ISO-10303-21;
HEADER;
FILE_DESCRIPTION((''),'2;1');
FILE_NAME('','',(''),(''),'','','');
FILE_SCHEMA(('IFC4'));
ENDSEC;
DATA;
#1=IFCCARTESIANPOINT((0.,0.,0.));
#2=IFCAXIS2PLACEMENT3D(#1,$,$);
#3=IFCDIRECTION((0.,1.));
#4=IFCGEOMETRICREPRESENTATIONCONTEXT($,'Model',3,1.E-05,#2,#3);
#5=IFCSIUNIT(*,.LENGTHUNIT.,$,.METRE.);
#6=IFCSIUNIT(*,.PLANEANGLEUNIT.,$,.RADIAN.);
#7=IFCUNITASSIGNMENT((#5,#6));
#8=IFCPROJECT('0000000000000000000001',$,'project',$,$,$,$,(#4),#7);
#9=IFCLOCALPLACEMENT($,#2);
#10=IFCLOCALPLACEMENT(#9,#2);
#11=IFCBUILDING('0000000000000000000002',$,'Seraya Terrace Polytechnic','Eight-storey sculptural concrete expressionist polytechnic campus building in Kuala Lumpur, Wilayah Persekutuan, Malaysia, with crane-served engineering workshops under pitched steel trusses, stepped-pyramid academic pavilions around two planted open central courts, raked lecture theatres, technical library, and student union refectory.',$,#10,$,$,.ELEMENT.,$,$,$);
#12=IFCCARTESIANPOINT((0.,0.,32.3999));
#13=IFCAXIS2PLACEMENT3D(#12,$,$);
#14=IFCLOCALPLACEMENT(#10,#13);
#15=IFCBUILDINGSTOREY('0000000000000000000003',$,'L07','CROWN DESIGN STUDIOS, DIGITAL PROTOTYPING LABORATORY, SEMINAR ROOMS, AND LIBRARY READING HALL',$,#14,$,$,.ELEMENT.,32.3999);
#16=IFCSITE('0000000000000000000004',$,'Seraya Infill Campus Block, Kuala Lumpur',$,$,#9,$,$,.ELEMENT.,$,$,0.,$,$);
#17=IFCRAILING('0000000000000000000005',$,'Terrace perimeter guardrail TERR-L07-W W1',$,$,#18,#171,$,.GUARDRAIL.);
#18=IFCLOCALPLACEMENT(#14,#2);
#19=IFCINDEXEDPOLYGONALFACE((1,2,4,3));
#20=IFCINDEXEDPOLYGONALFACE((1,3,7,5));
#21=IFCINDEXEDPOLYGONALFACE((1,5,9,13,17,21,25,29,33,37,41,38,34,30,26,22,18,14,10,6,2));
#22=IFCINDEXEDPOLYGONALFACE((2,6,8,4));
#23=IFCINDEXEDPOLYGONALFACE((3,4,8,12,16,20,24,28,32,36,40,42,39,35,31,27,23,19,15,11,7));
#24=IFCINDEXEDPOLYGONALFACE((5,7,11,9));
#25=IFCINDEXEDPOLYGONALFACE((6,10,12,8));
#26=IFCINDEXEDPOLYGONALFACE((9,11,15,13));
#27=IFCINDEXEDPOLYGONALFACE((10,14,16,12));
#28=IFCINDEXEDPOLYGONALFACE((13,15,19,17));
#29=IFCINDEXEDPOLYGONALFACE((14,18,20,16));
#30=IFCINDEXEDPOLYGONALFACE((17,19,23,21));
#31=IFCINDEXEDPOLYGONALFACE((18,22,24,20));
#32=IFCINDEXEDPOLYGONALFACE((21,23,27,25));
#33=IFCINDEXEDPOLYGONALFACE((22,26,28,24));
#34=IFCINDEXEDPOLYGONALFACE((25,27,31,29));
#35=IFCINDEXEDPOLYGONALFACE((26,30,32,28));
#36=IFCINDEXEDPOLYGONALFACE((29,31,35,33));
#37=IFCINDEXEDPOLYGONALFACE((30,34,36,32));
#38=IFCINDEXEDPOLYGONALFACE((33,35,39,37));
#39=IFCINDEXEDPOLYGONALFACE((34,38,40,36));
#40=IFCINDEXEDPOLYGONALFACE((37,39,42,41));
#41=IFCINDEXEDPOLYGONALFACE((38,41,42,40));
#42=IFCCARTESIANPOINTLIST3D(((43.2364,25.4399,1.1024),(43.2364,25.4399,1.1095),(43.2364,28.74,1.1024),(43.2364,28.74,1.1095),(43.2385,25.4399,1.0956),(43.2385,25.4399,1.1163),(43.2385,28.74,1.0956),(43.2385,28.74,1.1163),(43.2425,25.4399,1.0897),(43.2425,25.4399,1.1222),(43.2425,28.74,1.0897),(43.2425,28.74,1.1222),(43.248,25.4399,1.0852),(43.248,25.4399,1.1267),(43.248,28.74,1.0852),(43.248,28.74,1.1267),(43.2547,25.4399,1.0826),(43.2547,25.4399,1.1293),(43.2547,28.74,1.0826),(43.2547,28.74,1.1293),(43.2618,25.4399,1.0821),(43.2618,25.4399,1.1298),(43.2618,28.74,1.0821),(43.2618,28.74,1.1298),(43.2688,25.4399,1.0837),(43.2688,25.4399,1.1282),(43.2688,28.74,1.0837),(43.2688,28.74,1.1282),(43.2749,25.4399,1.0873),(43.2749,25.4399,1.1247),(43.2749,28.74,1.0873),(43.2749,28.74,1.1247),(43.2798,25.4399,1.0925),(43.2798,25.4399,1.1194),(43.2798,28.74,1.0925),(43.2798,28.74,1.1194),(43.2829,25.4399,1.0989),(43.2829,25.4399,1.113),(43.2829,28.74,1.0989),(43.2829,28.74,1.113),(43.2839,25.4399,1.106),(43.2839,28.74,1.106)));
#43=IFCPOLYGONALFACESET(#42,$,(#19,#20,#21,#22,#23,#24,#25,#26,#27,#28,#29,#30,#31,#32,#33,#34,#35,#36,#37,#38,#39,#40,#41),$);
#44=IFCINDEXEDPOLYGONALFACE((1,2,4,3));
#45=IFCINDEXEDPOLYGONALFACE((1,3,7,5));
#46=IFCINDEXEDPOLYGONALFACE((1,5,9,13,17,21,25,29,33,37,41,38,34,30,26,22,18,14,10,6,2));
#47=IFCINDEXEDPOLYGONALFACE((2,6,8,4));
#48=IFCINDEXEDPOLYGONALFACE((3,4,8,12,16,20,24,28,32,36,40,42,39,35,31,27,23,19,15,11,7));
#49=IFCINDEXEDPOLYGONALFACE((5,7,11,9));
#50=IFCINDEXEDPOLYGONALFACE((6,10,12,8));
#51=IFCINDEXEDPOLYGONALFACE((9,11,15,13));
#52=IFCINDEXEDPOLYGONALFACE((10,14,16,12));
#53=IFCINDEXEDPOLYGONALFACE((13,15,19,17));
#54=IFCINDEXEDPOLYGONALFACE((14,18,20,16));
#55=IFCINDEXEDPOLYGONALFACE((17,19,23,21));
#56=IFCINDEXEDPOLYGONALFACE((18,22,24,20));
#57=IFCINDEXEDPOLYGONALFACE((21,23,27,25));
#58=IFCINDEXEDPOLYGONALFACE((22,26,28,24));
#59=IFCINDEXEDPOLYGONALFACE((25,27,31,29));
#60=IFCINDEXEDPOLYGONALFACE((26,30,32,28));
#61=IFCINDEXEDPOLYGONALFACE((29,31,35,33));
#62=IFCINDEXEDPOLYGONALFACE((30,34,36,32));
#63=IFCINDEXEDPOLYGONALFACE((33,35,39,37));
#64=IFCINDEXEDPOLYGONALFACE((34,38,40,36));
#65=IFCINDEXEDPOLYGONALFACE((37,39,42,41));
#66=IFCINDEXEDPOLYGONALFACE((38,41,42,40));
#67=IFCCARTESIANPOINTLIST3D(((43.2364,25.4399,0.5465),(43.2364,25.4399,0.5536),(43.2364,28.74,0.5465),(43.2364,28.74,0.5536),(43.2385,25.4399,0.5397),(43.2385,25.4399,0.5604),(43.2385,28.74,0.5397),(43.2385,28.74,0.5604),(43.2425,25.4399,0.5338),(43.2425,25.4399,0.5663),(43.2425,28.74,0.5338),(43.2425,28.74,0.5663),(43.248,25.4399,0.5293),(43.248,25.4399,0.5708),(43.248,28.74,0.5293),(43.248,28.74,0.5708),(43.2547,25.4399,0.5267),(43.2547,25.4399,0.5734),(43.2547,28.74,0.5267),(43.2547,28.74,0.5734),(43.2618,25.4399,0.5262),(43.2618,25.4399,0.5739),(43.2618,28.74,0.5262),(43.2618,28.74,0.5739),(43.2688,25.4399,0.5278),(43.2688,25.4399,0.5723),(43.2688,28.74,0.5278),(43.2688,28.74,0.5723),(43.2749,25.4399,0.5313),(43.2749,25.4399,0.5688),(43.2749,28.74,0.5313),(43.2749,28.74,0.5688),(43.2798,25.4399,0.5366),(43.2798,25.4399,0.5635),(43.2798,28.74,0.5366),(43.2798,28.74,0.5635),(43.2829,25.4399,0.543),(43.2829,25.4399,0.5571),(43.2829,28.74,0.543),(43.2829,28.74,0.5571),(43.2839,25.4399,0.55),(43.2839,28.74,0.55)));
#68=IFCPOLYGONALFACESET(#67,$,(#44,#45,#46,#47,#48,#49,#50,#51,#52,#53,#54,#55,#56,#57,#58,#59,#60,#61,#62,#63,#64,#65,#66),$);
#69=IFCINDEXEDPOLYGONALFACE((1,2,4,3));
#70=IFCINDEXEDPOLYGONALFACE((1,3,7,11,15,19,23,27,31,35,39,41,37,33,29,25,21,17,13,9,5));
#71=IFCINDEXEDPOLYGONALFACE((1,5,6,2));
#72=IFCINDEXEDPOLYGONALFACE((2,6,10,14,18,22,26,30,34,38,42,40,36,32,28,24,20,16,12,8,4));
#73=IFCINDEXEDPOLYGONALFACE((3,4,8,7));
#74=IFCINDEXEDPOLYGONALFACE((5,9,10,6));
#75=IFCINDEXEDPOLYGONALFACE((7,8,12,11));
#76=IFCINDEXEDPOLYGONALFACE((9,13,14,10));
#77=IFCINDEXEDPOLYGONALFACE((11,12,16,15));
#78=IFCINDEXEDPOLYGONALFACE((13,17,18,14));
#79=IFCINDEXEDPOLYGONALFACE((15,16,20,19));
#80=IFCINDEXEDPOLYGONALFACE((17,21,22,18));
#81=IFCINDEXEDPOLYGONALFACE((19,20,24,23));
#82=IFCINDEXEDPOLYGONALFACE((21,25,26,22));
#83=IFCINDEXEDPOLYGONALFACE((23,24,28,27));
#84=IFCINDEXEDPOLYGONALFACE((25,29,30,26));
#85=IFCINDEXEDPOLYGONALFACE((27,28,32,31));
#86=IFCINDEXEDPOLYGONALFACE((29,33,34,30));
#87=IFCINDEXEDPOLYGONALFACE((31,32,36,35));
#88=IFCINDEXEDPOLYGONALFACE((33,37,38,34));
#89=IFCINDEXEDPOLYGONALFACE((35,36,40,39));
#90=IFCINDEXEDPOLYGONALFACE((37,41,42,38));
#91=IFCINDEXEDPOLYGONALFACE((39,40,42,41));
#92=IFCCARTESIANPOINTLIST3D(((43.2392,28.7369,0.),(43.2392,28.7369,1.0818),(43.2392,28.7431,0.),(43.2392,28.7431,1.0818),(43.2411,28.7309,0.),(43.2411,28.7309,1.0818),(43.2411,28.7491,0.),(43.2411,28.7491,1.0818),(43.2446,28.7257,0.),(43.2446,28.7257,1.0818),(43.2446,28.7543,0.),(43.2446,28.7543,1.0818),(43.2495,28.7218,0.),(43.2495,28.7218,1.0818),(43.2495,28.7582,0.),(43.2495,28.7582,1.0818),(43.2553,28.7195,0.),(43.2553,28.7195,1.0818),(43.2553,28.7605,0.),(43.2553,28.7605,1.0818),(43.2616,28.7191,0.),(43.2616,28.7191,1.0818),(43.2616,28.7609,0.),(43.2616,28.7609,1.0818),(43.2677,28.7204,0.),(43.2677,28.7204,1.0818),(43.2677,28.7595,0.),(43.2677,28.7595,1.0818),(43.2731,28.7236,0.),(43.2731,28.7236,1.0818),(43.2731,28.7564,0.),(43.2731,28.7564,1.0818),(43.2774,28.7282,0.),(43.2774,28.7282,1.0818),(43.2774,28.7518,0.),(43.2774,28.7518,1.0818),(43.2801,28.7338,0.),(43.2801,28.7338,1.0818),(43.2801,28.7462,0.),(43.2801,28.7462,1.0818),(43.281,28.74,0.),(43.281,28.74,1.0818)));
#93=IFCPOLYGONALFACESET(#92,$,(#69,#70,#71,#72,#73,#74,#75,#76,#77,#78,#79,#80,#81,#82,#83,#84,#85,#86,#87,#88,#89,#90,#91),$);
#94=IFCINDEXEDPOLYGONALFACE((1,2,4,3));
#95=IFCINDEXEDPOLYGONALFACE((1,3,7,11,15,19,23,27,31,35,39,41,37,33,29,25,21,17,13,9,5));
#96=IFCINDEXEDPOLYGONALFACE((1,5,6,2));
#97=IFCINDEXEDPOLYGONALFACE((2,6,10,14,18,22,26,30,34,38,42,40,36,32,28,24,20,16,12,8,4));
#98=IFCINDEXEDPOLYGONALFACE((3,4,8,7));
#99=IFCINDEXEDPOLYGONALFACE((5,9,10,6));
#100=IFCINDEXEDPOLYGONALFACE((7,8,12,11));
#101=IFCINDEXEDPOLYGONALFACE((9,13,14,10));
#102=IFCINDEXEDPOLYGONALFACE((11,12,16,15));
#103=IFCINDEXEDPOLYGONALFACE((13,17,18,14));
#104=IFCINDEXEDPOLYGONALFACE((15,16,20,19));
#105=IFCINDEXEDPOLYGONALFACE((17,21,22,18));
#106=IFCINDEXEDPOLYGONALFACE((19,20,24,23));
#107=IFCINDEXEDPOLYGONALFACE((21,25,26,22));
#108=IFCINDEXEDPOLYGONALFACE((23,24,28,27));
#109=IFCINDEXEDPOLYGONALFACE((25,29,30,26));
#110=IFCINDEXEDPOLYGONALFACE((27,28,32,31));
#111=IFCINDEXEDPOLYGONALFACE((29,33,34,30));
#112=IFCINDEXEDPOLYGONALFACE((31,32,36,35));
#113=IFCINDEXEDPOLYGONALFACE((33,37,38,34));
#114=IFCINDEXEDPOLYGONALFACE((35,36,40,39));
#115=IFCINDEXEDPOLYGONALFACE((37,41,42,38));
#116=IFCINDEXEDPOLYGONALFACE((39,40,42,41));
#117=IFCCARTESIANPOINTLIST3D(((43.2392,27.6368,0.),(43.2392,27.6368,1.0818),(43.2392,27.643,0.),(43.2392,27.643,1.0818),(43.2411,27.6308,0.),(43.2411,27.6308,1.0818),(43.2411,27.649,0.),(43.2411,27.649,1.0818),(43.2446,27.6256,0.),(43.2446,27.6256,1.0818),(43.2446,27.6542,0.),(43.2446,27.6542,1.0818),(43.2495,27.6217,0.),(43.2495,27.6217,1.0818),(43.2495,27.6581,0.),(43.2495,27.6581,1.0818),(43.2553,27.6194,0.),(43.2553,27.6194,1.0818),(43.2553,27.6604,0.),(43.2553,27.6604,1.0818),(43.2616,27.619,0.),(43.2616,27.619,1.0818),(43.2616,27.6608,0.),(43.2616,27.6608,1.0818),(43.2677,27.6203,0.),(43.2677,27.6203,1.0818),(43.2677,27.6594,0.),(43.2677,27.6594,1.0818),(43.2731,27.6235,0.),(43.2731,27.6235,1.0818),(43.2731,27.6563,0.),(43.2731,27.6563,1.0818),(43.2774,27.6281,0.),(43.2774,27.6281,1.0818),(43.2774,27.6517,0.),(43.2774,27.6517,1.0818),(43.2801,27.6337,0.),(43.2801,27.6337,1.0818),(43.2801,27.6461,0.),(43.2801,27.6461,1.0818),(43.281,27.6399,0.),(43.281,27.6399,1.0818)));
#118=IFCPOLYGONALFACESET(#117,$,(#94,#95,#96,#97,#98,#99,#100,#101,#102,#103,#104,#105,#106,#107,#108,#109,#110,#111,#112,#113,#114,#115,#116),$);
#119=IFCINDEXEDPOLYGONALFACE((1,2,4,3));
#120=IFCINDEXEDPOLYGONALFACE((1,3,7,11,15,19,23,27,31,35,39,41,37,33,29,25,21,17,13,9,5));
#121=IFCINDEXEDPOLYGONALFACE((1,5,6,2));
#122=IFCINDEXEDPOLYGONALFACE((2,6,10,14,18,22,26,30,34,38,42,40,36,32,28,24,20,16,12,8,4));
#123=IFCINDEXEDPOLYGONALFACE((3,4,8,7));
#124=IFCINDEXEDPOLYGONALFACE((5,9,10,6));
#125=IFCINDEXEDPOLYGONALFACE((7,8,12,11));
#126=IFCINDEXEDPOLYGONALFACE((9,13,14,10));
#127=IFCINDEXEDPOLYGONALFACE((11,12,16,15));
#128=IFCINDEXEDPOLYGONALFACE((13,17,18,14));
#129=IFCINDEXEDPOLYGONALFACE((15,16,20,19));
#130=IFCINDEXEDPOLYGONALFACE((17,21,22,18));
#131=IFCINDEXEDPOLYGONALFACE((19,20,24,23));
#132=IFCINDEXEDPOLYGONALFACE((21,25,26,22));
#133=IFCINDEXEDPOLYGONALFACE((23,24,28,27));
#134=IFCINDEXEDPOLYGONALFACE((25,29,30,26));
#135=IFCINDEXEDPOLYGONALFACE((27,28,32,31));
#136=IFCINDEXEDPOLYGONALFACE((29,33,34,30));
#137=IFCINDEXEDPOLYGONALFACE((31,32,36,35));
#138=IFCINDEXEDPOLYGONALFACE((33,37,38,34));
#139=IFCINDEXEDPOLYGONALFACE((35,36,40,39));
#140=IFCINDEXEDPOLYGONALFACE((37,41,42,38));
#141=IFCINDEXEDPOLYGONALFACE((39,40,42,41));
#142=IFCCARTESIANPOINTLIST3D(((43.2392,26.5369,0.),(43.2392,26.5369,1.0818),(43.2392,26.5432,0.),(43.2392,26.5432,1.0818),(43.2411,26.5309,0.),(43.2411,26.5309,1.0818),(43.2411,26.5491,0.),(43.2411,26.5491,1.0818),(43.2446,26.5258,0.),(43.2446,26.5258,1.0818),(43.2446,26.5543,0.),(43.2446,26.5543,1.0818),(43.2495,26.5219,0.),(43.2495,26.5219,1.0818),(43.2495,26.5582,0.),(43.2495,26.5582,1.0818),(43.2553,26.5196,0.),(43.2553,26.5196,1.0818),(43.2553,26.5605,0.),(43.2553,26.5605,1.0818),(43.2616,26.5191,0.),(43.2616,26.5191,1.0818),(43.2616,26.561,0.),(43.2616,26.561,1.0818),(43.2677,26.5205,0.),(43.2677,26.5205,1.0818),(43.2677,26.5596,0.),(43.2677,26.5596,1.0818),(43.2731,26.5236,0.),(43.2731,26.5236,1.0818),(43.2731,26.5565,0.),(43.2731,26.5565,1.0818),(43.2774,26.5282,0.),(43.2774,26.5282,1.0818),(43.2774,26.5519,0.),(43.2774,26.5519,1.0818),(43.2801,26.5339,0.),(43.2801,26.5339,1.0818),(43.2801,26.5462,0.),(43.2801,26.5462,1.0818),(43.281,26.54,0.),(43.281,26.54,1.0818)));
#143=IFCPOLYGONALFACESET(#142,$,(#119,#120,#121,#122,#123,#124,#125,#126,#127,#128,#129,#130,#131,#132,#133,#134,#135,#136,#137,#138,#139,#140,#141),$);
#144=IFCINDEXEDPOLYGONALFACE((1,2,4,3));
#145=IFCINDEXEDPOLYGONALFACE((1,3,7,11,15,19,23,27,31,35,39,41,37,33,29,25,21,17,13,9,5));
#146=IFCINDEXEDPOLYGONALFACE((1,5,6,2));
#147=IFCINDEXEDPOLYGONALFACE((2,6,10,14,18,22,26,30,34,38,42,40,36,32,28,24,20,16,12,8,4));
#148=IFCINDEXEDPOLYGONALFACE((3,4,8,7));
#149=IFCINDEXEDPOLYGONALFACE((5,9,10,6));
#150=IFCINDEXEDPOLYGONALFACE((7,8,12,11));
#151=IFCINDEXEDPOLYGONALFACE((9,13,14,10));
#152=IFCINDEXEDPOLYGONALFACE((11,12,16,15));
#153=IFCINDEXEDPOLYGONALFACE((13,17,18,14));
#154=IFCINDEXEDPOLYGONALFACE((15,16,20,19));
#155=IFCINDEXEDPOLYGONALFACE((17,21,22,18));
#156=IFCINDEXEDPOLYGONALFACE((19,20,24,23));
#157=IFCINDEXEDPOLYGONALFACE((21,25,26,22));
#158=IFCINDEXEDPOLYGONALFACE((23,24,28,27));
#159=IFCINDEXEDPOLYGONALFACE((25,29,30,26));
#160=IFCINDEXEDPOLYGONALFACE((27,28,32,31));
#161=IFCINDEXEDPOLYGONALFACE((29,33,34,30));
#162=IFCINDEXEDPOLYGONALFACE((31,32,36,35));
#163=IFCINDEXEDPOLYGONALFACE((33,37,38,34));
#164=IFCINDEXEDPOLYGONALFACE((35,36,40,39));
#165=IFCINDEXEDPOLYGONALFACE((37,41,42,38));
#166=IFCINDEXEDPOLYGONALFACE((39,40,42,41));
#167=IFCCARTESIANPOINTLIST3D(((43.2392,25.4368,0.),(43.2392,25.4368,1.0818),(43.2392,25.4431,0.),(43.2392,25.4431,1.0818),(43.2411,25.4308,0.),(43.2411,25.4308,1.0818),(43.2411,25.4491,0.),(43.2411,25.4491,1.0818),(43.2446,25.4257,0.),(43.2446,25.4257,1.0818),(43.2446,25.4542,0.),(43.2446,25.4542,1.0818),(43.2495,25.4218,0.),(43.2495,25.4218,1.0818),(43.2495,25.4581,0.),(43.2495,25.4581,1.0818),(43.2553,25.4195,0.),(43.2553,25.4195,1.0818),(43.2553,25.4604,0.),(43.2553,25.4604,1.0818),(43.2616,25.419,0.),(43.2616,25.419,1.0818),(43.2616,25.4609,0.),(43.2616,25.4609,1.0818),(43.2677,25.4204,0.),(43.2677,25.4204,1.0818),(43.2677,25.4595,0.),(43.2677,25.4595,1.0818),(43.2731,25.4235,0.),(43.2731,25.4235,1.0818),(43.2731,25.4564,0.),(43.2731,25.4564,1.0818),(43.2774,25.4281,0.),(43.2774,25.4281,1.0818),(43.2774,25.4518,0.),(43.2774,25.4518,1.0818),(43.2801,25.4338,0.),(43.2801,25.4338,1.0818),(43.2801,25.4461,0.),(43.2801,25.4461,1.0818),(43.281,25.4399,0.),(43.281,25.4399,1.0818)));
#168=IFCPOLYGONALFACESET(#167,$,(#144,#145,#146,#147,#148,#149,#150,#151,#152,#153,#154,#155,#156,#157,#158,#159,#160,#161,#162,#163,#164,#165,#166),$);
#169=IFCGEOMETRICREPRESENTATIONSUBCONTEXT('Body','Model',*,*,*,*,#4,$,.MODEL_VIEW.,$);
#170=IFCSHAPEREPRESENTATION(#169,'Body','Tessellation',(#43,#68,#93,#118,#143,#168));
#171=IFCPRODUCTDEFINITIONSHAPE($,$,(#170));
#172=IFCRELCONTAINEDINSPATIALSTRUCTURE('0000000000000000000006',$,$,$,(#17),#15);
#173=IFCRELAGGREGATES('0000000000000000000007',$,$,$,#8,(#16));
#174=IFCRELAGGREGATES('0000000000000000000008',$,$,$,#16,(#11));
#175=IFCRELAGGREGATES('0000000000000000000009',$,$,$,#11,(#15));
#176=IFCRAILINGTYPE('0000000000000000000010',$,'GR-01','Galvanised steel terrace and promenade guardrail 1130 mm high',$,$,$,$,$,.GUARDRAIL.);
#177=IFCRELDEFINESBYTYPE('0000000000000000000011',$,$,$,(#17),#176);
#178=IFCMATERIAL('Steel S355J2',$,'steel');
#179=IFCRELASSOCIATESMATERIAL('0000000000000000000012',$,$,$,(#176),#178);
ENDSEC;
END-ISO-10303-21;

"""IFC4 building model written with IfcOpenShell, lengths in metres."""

from ifc_helpers import new_model, si_unit, direction, frame, origin, origin_2d, place, context, subcontext, project, spatial, circle, extrude, material, type_object, element, save


model = new_model("IFC4")

# Units and contexts
model_context = context("Model", 3, precision=1e-05, world=origin(), true_north=direction((0.0, 1.0)))
body_context = subcontext(model_context, "Body", "Model", "MODEL_VIEW")
ifc_project = project(units=[si_unit("LENGTHUNIT", "METRE"), si_unit("PLANEANGLEUNIT", "RADIAN")], contexts=[model_context])

# Site, building, storey
site_placement = place(None, origin())
site = spatial("IfcSite", under=ifc_project, at=site_placement, Name="Seraya Infill Campus Block, Kuala Lumpur", CompositionType="ELEMENT", RefElevation=0.0)
building_placement = place(site_placement, origin())
building = spatial("IfcBuilding", under=site, at=building_placement, Name="Seraya Terrace Polytechnic", Description="Eight-storey sculptural concrete expressionist polytechnic campus building in Kuala Lumpur, Wilayah Persekutuan, Malaysia, with crane-served engineering workshops under pitched steel trusses, stepped-pyramid academic pavilions around two planted open central courts, raked lecture theatres, technical library, and student union refectory.", CompositionType="ELEMENT")
storey_placement = place(building_placement, frame((0.0, 0.0, 32.3999)))
storey = spatial("IfcBuildingStorey", under=building, at=storey_placement, Name="L07", Description="CROWN DESIGN STUDIOS, DIGITAL PROTOTYPING LABORATORY, SEMINAR ROOMS, AND LIBRARY READING HALL", CompositionType="ELEMENT", Elevation=32.3999)

# Shared definitions
ifc_material_1 = material(Name="Steel S355J2", Category="steel")

# Railing
railing_type_1 = type_object("IfcRailingType", Name="GR-01", Description="Galvanised steel terrace and promenade guardrail 1130 mm high", PredefinedType="GUARDRAIL", material=ifc_material_1)
railing_1_placement = place(storey_placement, frame((43.26, 28.74, 0.0)))
element("IfcRailing", 1, at=railing_1_placement, inside=storey, type_object=railing_type_1, Name="Terrace perimeter guardrail TERR-L07-W W1", PredefinedType="GUARDRAIL", context=body_context, shape_type="SweptSolid", body=[
    extrude(circle(Radius=0.0239, at=origin_2d()), frame((0.0, 0.0, 1.106), z_axis=(0.0, -1.0, 0.0), x_axis=(1.0, 0.0, 0.0)), (0.0, 0.0, 1.0), 3.3),
    extrude(circle(Radius=0.0239, at=origin_2d()), frame((0.0, 0.0, 0.55), z_axis=(0.0, -1.0, 0.0), x_axis=(1.0, 0.0, 0.0)), (0.0, 0.0, 1.0), 3.3),
    extrude(circle(Radius=0.021, at=origin_2d()), origin(), (0.0, 0.0, 1.0), 1.0818),
    extrude(circle(Radius=0.021, at=origin_2d()), frame((0.0, -1.1001, 0.0)), (0.0, 0.0, 1.0), 1.0818),
    extrude(circle(Radius=0.021, at=origin_2d()), frame((0.0, -2.2, 0.0)), (0.0, 0.0, 1.0), 1.0818),
    extrude(circle(Radius=0.021, at=origin_2d()), frame((0.0, -3.3, 0.0)), (0.0, 0.0, 1.0), 1.0818),
])

save(model, "model.ifc")
